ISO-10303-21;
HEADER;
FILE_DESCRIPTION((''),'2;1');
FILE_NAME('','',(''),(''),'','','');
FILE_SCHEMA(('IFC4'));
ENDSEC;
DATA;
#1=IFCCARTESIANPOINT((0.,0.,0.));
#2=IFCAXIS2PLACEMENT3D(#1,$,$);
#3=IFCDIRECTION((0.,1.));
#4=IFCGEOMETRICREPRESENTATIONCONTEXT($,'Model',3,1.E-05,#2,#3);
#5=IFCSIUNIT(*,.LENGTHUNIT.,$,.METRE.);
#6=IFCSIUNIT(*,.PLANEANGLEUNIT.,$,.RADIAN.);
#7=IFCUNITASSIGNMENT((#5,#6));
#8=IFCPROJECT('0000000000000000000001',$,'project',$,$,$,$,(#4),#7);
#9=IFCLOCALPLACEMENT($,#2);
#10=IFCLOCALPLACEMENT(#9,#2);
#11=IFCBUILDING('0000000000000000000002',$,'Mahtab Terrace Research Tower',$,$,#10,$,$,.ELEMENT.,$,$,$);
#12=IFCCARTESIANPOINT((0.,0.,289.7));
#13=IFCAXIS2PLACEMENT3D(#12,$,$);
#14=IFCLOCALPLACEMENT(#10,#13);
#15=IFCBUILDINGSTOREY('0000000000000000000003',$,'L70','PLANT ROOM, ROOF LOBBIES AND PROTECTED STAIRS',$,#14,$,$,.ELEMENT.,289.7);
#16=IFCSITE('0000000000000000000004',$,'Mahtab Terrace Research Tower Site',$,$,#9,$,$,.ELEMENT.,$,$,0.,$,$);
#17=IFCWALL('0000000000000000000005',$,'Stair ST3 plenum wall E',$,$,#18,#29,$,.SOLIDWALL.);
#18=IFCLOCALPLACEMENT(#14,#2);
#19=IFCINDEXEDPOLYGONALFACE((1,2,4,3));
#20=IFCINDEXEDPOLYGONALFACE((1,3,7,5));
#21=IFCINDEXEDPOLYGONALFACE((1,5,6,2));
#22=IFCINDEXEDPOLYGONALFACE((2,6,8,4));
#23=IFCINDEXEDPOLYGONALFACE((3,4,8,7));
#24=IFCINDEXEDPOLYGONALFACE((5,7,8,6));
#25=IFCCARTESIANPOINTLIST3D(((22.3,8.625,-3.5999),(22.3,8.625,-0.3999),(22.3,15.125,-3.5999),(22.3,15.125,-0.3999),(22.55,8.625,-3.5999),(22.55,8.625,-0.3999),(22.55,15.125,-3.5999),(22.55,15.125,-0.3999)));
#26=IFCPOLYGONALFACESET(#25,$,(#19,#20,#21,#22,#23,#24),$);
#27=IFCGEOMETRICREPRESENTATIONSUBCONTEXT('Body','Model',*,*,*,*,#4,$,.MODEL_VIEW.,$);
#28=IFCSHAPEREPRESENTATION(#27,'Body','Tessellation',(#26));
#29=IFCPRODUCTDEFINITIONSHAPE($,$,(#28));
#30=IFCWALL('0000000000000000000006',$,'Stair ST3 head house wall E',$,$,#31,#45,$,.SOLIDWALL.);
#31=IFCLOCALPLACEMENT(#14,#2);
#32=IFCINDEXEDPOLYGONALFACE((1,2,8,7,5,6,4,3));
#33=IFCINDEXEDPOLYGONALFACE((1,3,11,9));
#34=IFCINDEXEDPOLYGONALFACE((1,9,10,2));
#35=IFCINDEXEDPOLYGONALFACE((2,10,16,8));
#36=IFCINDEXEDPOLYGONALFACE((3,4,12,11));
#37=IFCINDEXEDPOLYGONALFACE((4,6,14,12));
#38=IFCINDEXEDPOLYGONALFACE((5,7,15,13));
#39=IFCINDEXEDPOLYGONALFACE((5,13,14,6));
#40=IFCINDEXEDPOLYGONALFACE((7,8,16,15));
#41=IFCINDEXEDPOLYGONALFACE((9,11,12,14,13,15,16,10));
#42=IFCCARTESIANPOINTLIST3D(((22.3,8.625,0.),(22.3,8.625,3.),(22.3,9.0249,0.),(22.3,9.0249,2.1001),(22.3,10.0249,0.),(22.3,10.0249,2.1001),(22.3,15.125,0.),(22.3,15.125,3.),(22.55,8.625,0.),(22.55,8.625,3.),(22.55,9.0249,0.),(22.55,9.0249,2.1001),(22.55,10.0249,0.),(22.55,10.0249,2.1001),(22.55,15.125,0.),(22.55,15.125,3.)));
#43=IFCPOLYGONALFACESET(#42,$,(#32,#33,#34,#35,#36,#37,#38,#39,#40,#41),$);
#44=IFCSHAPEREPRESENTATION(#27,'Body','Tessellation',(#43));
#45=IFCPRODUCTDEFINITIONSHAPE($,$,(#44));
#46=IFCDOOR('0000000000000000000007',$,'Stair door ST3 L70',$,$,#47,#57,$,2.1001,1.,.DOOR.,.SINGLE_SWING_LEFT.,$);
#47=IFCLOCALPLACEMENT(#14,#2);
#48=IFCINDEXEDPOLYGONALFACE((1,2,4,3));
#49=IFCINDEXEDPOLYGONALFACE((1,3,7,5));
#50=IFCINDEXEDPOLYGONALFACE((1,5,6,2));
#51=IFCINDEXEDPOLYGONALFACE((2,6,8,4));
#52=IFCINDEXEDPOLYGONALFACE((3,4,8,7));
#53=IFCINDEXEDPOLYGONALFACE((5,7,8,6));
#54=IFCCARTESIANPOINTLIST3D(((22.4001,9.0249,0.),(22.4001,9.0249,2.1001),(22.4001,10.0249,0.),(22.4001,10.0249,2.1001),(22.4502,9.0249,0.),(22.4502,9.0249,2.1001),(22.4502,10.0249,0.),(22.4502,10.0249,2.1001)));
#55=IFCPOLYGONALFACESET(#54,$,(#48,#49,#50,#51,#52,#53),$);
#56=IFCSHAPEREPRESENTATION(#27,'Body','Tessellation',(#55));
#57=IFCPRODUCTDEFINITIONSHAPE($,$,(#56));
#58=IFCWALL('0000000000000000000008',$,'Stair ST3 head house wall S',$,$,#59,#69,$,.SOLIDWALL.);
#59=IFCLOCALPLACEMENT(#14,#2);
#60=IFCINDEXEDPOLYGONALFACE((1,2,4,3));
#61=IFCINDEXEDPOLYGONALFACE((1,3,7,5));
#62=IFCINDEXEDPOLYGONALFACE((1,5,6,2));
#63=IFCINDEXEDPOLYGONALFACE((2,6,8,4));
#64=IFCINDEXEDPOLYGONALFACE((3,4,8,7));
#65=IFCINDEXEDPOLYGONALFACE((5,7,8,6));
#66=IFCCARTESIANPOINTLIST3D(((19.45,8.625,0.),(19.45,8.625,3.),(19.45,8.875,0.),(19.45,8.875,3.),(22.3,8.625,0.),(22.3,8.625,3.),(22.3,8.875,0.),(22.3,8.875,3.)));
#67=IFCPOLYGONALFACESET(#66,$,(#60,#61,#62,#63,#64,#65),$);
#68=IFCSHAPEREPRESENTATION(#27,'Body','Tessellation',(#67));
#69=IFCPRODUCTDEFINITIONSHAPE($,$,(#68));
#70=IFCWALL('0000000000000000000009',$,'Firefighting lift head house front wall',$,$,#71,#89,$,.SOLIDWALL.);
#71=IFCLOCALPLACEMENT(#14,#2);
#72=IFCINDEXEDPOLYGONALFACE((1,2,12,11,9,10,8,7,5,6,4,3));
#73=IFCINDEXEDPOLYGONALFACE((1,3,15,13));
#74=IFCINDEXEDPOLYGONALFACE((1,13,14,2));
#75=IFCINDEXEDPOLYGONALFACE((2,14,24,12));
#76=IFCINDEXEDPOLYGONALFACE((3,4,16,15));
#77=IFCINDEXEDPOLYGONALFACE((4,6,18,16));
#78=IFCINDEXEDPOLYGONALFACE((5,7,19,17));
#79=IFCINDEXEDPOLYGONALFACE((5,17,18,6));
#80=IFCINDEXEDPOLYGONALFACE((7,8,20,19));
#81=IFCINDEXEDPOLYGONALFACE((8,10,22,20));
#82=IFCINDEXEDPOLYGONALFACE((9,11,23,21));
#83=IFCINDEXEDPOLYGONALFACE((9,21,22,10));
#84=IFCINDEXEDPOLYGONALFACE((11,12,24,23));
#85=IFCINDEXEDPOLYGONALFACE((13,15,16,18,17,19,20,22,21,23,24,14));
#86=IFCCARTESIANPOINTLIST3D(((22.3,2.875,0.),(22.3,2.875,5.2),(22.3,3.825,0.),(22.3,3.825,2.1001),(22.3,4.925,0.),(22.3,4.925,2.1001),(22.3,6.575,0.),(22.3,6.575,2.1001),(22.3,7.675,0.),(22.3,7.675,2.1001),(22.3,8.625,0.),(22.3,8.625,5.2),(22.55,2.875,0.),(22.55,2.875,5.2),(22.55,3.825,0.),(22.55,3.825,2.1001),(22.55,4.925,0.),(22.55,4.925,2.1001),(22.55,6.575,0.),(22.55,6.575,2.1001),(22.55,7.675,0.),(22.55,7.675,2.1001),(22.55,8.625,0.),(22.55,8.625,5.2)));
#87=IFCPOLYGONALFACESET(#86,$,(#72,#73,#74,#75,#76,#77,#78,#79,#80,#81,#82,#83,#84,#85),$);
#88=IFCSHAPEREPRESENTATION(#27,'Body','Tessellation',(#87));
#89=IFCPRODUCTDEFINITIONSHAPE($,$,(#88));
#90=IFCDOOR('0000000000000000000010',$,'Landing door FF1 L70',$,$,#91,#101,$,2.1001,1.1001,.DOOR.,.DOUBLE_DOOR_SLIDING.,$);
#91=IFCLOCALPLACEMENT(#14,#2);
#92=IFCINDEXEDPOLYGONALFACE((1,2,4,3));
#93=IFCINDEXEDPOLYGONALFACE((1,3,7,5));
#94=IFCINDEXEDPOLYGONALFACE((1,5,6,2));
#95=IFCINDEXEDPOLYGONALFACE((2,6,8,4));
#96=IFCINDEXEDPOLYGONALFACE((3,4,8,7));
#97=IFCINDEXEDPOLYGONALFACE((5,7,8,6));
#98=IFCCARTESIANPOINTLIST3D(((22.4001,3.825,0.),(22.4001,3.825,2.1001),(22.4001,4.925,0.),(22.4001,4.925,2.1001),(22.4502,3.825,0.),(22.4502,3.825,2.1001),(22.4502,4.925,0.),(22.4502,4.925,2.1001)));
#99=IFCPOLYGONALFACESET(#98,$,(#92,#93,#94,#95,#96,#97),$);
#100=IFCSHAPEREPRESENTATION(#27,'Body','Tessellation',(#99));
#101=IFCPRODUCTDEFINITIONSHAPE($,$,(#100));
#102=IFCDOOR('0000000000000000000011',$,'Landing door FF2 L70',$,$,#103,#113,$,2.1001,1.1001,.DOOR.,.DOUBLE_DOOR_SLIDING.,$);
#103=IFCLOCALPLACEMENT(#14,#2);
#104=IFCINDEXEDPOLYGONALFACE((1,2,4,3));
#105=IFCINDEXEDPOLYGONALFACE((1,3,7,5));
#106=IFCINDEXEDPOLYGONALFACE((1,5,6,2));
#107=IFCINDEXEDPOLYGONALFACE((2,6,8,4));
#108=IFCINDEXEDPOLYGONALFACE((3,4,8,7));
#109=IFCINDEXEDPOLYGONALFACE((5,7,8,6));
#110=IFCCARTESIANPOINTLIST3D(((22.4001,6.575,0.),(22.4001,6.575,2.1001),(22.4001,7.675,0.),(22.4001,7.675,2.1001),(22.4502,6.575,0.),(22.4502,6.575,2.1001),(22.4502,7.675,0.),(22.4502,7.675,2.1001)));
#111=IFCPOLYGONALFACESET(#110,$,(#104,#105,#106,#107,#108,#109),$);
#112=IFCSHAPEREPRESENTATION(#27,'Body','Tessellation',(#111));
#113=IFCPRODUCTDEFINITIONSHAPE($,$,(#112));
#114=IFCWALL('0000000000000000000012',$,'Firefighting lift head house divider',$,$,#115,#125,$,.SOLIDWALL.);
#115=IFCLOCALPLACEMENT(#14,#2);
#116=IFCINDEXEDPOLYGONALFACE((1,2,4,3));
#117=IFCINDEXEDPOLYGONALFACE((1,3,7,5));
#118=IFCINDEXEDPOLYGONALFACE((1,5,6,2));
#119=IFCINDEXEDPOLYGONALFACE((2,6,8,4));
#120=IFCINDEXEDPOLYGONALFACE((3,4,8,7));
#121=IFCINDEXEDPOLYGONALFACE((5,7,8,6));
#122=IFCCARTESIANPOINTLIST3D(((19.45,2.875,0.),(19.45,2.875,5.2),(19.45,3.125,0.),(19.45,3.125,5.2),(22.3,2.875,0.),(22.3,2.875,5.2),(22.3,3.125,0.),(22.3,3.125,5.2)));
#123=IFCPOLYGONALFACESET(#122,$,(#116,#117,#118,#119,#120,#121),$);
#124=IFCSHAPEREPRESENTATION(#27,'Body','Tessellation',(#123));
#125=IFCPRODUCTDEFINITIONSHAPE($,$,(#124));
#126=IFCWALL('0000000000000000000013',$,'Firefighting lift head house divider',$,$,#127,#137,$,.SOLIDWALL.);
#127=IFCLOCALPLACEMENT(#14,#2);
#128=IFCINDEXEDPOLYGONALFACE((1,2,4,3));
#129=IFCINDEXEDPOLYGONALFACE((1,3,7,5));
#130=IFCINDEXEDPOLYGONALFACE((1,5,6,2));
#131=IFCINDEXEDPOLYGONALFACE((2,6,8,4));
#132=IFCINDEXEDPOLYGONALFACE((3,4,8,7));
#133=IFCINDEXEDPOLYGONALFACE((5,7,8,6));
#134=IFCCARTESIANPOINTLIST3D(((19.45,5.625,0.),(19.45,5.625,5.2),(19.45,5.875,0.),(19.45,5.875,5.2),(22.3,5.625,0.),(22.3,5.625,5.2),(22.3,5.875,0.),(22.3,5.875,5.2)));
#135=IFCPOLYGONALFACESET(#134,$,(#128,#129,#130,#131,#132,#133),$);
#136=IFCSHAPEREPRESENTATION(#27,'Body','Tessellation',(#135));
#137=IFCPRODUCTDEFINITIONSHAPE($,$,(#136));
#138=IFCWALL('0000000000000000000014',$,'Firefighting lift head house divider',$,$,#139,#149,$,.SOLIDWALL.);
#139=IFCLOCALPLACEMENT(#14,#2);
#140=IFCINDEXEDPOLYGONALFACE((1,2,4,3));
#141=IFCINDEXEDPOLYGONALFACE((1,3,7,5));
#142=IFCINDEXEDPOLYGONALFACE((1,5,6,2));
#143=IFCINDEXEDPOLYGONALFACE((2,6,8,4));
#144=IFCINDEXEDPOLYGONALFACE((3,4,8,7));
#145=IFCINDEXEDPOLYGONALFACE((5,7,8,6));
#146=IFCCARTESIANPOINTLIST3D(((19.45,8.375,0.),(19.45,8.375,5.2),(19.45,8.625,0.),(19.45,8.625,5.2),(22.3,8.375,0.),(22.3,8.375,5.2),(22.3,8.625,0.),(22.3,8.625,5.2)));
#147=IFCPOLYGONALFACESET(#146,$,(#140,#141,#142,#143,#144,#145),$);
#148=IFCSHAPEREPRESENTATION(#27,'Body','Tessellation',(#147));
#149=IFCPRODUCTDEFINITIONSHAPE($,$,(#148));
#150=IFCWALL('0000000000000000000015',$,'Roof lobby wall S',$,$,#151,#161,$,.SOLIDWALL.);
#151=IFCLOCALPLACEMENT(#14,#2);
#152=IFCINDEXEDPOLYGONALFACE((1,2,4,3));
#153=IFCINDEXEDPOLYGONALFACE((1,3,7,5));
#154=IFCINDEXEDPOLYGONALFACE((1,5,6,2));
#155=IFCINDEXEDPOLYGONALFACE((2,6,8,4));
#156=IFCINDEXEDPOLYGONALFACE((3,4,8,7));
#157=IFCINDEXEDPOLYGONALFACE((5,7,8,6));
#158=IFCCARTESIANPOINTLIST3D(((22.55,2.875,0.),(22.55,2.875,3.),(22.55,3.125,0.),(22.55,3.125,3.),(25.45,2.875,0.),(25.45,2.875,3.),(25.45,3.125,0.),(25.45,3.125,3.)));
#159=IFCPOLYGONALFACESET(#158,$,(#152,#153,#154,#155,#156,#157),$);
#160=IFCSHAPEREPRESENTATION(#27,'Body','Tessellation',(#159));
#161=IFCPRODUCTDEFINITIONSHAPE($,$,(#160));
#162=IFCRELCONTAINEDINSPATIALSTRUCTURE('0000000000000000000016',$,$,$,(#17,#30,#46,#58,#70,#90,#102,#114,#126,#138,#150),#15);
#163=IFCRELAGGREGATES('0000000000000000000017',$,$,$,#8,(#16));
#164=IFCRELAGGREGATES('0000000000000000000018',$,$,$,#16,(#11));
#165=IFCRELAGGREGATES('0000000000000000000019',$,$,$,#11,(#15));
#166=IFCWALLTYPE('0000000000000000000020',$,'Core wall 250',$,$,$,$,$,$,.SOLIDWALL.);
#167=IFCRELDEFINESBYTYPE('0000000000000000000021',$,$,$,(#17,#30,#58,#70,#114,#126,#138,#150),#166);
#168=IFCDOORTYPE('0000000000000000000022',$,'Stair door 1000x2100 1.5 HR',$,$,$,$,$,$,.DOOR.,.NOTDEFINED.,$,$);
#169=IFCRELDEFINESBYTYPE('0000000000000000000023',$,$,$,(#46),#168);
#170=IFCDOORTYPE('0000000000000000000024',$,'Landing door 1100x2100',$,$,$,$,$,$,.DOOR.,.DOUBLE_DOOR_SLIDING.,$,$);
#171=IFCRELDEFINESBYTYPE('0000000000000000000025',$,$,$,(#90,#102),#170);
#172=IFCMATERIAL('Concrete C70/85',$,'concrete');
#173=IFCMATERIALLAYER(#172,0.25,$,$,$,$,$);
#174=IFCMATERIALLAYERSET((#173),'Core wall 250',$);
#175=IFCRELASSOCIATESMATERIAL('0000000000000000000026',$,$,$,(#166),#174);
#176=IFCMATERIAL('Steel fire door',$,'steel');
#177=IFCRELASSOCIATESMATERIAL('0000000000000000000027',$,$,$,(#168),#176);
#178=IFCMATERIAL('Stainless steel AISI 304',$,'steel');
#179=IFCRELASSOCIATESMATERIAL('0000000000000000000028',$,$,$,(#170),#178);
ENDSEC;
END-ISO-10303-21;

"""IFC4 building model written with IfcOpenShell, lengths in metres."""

from ifc_helpers import new_model, si_unit, direction, frame, frame_2d, origin, place, context, subcontext, project, spatial, rectangle, extrude, material, layer, layer_set, type_object, element, fill, save


model = new_model("IFC4")

# Units and contexts
model_context = context("Model", 3, precision=1e-05, world=origin(), true_north=direction((0.0, 1.0)))
body_context = subcontext(model_context, "Body", "Model", "MODEL_VIEW")
ifc_project = project(units=[si_unit("LENGTHUNIT", "METRE"), si_unit("PLANEANGLEUNIT", "RADIAN")], contexts=[model_context])

# Site, building, storey
site_placement = place(None, origin())
site = spatial("IfcSite", under=ifc_project, at=site_placement, Name="Mahtab Terrace Research Tower Site", CompositionType="ELEMENT", RefElevation=0.0)
building_placement = place(site_placement, origin())
building = spatial("IfcBuilding", under=site, at=building_placement, Name="Mahtab Terrace Research Tower", CompositionType="ELEMENT")
storey_placement = place(building_placement, frame((0.0, 0.0, 289.7)))
storey = spatial("IfcBuildingStorey", under=building, at=storey_placement, Name="L70", Description="PLANT ROOM, ROOF LOBBIES AND PROTECTED STAIRS", CompositionType="ELEMENT", Elevation=289.7)

# Wall
ifc_material_1 = material(Name="Concrete C70/85", Category="concrete")
ifc_layer_1 = layer(ifc_material_1, 0.25)
ifc_layer_set_1 = layer_set([ifc_layer_1], Name="Core wall 250")
wall_type = type_object("IfcWallType", Name="Core wall 250", PredefinedType="SOLIDWALL", material=ifc_layer_set_1)
wall_1_placement = place(storey_placement, frame((22.425, 8.625, -3.5999), z_axis=(0.0, 0.0, 1.0), x_axis=(0.0, 1.0, 0.0)))
element("IfcWall", 1, at=wall_1_placement, inside=storey, type_object=wall_type, Name="Stair ST3 plenum wall E", PredefinedType="SOLIDWALL", context=body_context, shape_type="SweptSolid", body=[
    extrude(rectangle(XDim=6.5, YDim=0.25, at=frame_2d((3.25, 0.0))), origin(), (0.0, 0.0, 1.0), 3.2),
])

# Wall, opening, door
wall_2_placement = place(storey_placement, frame((22.425, 8.625, 0.0), z_axis=(0.0, 0.0, 1.0), x_axis=(0.0, 1.0, 0.0)))
wall_2 = element("IfcWall", 2, at=wall_2_placement, inside=storey, type_object=wall_type, Name="Stair ST3 head house wall E", PredefinedType="SOLIDWALL", context=body_context, shape_type="SweptSolid", body=[
    extrude(rectangle(XDim=6.5, YDim=0.25, at=frame_2d((3.25, 0.0))), origin(), (0.0, 0.0, 1.0), 3.0),
])
opening_1_placement = place(wall_2_placement, frame((0.3999, 0.0, 0.0)))
opening_1 = element("IfcOpeningElement", 3, at=opening_1_placement, cuts=wall_2, PredefinedType="OPENING", context=body_context, shape_type="SweptSolid", body=[
    extrude(rectangle(XDim=1.0, YDim=2.1001, at=frame_2d((0.5, 1.05))), frame((0.0, 0.135, 0.0), z_axis=(0.0, -1.0, 0.0), x_axis=(1.0, 0.0, 0.0)), (0.0, 0.0, 1.0), 0.27),
])
ifc_material_2 = material(Name="Steel fire door", Category="steel")
door_type_1 = type_object("IfcDoorType", Name="Stair door 1000x2100 1.5 HR", OperationType="NOTDEFINED", PredefinedType="DOOR", material=ifc_material_2)
door_1_placement = place(opening_1_placement, origin())
door_1 = element("IfcDoor", 4, at=door_1_placement, inside=storey, type_object=door_type_1, Name="Stair door ST3 L70", OperationType="SINGLE_SWING_LEFT", OverallHeight=2.1001, OverallWidth=1.0, PredefinedType="DOOR", context=body_context, shape_type="SweptSolid", body=[
    extrude(rectangle(XDim=1.0, YDim=2.1001, at=frame_2d((0.5, 1.05))), frame((0.0, 0.0249, 0.0), z_axis=(0.0, -1.0, 0.0), x_axis=(1.0, 0.0, 0.0)), (0.0, 0.0, 1.0), 0.05),
])
fill(opening_1, door_1)

# Wall
wall_3_placement = place(storey_placement, frame((19.45, 8.75, 0.0), z_axis=(0.0, 0.0, 1.0), x_axis=(1.0, 0.0, 0.0)))
element("IfcWall", 5, at=wall_3_placement, inside=storey, type_object=wall_type, Name="Stair ST3 head house wall S", PredefinedType="SOLIDWALL", context=body_context, shape_type="SweptSolid", body=[
    extrude(rectangle(XDim=2.8501, YDim=0.25, at=frame_2d((1.425, 0.0))), origin(), (0.0, 0.0, 1.0), 3.0),
])

# Wall, openings, doors
wall_4_placement = place(storey_placement, frame((22.425, 2.875, 0.0), z_axis=(0.0, 0.0, 1.0), x_axis=(0.0, 1.0, 0.0)))
wall_4 = element("IfcWall", 6, at=wall_4_placement, inside=storey, type_object=wall_type, Name="Firefighting lift head house front wall", PredefinedType="SOLIDWALL", context=body_context, shape_type="SweptSolid", body=[
    extrude(rectangle(XDim=5.75, YDim=0.25, at=frame_2d((2.875, 0.0))), origin(), (0.0, 0.0, 1.0), 5.2),
])
opening_2_placement = place(wall_4_placement, frame((0.95, 0.0, 0.0)))
opening_2 = element("IfcOpeningElement", 7, at=opening_2_placement, cuts=wall_4, PredefinedType="OPENING", context=body_context, shape_type="SweptSolid", body=[
    extrude(rectangle(XDim=1.1001, YDim=2.1001, at=frame_2d((0.55, 1.05))), frame((0.0, 0.135, 0.0), z_axis=(0.0, -1.0, 0.0), x_axis=(1.0, 0.0, 0.0)), (0.0, 0.0, 1.0), 0.27),
])
opening_3_placement = place(wall_4_placement, frame((3.7, 0.0, 0.0)))
opening_3 = element("IfcOpeningElement", 8, at=opening_3_placement, cuts=wall_4, PredefinedType="OPENING", context=body_context, shape_type="SweptSolid", body=[
    extrude(rectangle(XDim=1.1001, YDim=2.1001, at=frame_2d((0.55, 1.05))), frame((0.0, 0.135, 0.0), z_axis=(0.0, -1.0, 0.0), x_axis=(1.0, 0.0, 0.0)), (0.0, 0.0, 1.0), 0.27),
])
ifc_material_3 = material(Name="Stainless steel AISI 304", Category="steel")
door_type_2 = type_object("IfcDoorType", Name="Landing door 1100x2100", OperationType="DOUBLE_DOOR_SLIDING", PredefinedType="DOOR", material=ifc_material_3)
door_2_placement = place(opening_2_placement, origin())
door_2 = element("IfcDoor", 9, at=door_2_placement, inside=storey, type_object=door_type_2, Name="Landing door FF1 L70", OperationType="DOUBLE_DOOR_SLIDING", OverallHeight=2.1001, OverallWidth=1.1001, PredefinedType="DOOR", context=body_context, shape_type="SweptSolid", body=[
    extrude(rectangle(XDim=1.1001, YDim=2.1001, at=frame_2d((0.55, 1.05))), frame((0.0, 0.0249, 0.0), z_axis=(0.0, -1.0, 0.0), x_axis=(1.0, 0.0, 0.0)), (0.0, 0.0, 1.0), 0.05),
])
fill(opening_2, door_2)
door_3_placement = place(opening_3_placement, origin())
door_3 = element("IfcDoor", 10, at=door_3_placement, inside=storey, type_object=door_type_2, Name="Landing door FF2 L70", OperationType="DOUBLE_DOOR_SLIDING", OverallHeight=2.1001, OverallWidth=1.1001, PredefinedType="DOOR", context=body_context, shape_type="SweptSolid", body=[
    extrude(rectangle(XDim=1.1001, YDim=2.1001, at=frame_2d((0.55, 1.05))), frame((0.0, 0.0249, 0.0), z_axis=(0.0, -1.0, 0.0), x_axis=(1.0, 0.0, 0.0)), (0.0, 0.0, 1.0), 0.05),
])
fill(opening_3, door_3)

# Walls
for number, where, z_axis, x_axis, name in (
    (11, (19.45, 3.0, 0.0), (0.0, 0.0, 1.0), (1.0, 0.0, 0.0), "Firefighting lift head house divider"),
    (12, (19.45, 5.75, 0.0), (0.0, 0.0, 1.0), (1.0, 0.0, 0.0), "Firefighting lift head house divider"),
    (13, (19.45, 8.5, 0.0), (0.0, 0.0, 1.0), (1.0, 0.0, 0.0), "Firefighting lift head house divider"),
):
    element("IfcWall", number, at=place(storey_placement, frame(where, z_axis=z_axis, x_axis=x_axis)), inside=storey, type_object=wall_type, Name=name, PredefinedType="SOLIDWALL", context=body_context, shape_type="SweptSolid", body=[
        extrude(rectangle(XDim=2.8501, YDim=0.25, at=frame_2d((1.425, 0.0))), origin(), (0.0, 0.0, 1.0), 5.2),
    ])
wall_5_placement = place(storey_placement, frame((22.55, 3.0, 0.0), z_axis=(0.0, 0.0, 1.0), x_axis=(1.0, 0.0, 0.0)))
element("IfcWall", 14, at=wall_5_placement, inside=storey, type_object=wall_type, Name="Roof lobby wall S", PredefinedType="SOLIDWALL", context=body_context, shape_type="SweptSolid", body=[
    extrude(rectangle(XDim=2.8999, YDim=0.25, at=frame_2d((1.45, 0.0))), origin(), (0.0, 0.0, 1.0), 3.0),
])

save(model, "model.ifc")
